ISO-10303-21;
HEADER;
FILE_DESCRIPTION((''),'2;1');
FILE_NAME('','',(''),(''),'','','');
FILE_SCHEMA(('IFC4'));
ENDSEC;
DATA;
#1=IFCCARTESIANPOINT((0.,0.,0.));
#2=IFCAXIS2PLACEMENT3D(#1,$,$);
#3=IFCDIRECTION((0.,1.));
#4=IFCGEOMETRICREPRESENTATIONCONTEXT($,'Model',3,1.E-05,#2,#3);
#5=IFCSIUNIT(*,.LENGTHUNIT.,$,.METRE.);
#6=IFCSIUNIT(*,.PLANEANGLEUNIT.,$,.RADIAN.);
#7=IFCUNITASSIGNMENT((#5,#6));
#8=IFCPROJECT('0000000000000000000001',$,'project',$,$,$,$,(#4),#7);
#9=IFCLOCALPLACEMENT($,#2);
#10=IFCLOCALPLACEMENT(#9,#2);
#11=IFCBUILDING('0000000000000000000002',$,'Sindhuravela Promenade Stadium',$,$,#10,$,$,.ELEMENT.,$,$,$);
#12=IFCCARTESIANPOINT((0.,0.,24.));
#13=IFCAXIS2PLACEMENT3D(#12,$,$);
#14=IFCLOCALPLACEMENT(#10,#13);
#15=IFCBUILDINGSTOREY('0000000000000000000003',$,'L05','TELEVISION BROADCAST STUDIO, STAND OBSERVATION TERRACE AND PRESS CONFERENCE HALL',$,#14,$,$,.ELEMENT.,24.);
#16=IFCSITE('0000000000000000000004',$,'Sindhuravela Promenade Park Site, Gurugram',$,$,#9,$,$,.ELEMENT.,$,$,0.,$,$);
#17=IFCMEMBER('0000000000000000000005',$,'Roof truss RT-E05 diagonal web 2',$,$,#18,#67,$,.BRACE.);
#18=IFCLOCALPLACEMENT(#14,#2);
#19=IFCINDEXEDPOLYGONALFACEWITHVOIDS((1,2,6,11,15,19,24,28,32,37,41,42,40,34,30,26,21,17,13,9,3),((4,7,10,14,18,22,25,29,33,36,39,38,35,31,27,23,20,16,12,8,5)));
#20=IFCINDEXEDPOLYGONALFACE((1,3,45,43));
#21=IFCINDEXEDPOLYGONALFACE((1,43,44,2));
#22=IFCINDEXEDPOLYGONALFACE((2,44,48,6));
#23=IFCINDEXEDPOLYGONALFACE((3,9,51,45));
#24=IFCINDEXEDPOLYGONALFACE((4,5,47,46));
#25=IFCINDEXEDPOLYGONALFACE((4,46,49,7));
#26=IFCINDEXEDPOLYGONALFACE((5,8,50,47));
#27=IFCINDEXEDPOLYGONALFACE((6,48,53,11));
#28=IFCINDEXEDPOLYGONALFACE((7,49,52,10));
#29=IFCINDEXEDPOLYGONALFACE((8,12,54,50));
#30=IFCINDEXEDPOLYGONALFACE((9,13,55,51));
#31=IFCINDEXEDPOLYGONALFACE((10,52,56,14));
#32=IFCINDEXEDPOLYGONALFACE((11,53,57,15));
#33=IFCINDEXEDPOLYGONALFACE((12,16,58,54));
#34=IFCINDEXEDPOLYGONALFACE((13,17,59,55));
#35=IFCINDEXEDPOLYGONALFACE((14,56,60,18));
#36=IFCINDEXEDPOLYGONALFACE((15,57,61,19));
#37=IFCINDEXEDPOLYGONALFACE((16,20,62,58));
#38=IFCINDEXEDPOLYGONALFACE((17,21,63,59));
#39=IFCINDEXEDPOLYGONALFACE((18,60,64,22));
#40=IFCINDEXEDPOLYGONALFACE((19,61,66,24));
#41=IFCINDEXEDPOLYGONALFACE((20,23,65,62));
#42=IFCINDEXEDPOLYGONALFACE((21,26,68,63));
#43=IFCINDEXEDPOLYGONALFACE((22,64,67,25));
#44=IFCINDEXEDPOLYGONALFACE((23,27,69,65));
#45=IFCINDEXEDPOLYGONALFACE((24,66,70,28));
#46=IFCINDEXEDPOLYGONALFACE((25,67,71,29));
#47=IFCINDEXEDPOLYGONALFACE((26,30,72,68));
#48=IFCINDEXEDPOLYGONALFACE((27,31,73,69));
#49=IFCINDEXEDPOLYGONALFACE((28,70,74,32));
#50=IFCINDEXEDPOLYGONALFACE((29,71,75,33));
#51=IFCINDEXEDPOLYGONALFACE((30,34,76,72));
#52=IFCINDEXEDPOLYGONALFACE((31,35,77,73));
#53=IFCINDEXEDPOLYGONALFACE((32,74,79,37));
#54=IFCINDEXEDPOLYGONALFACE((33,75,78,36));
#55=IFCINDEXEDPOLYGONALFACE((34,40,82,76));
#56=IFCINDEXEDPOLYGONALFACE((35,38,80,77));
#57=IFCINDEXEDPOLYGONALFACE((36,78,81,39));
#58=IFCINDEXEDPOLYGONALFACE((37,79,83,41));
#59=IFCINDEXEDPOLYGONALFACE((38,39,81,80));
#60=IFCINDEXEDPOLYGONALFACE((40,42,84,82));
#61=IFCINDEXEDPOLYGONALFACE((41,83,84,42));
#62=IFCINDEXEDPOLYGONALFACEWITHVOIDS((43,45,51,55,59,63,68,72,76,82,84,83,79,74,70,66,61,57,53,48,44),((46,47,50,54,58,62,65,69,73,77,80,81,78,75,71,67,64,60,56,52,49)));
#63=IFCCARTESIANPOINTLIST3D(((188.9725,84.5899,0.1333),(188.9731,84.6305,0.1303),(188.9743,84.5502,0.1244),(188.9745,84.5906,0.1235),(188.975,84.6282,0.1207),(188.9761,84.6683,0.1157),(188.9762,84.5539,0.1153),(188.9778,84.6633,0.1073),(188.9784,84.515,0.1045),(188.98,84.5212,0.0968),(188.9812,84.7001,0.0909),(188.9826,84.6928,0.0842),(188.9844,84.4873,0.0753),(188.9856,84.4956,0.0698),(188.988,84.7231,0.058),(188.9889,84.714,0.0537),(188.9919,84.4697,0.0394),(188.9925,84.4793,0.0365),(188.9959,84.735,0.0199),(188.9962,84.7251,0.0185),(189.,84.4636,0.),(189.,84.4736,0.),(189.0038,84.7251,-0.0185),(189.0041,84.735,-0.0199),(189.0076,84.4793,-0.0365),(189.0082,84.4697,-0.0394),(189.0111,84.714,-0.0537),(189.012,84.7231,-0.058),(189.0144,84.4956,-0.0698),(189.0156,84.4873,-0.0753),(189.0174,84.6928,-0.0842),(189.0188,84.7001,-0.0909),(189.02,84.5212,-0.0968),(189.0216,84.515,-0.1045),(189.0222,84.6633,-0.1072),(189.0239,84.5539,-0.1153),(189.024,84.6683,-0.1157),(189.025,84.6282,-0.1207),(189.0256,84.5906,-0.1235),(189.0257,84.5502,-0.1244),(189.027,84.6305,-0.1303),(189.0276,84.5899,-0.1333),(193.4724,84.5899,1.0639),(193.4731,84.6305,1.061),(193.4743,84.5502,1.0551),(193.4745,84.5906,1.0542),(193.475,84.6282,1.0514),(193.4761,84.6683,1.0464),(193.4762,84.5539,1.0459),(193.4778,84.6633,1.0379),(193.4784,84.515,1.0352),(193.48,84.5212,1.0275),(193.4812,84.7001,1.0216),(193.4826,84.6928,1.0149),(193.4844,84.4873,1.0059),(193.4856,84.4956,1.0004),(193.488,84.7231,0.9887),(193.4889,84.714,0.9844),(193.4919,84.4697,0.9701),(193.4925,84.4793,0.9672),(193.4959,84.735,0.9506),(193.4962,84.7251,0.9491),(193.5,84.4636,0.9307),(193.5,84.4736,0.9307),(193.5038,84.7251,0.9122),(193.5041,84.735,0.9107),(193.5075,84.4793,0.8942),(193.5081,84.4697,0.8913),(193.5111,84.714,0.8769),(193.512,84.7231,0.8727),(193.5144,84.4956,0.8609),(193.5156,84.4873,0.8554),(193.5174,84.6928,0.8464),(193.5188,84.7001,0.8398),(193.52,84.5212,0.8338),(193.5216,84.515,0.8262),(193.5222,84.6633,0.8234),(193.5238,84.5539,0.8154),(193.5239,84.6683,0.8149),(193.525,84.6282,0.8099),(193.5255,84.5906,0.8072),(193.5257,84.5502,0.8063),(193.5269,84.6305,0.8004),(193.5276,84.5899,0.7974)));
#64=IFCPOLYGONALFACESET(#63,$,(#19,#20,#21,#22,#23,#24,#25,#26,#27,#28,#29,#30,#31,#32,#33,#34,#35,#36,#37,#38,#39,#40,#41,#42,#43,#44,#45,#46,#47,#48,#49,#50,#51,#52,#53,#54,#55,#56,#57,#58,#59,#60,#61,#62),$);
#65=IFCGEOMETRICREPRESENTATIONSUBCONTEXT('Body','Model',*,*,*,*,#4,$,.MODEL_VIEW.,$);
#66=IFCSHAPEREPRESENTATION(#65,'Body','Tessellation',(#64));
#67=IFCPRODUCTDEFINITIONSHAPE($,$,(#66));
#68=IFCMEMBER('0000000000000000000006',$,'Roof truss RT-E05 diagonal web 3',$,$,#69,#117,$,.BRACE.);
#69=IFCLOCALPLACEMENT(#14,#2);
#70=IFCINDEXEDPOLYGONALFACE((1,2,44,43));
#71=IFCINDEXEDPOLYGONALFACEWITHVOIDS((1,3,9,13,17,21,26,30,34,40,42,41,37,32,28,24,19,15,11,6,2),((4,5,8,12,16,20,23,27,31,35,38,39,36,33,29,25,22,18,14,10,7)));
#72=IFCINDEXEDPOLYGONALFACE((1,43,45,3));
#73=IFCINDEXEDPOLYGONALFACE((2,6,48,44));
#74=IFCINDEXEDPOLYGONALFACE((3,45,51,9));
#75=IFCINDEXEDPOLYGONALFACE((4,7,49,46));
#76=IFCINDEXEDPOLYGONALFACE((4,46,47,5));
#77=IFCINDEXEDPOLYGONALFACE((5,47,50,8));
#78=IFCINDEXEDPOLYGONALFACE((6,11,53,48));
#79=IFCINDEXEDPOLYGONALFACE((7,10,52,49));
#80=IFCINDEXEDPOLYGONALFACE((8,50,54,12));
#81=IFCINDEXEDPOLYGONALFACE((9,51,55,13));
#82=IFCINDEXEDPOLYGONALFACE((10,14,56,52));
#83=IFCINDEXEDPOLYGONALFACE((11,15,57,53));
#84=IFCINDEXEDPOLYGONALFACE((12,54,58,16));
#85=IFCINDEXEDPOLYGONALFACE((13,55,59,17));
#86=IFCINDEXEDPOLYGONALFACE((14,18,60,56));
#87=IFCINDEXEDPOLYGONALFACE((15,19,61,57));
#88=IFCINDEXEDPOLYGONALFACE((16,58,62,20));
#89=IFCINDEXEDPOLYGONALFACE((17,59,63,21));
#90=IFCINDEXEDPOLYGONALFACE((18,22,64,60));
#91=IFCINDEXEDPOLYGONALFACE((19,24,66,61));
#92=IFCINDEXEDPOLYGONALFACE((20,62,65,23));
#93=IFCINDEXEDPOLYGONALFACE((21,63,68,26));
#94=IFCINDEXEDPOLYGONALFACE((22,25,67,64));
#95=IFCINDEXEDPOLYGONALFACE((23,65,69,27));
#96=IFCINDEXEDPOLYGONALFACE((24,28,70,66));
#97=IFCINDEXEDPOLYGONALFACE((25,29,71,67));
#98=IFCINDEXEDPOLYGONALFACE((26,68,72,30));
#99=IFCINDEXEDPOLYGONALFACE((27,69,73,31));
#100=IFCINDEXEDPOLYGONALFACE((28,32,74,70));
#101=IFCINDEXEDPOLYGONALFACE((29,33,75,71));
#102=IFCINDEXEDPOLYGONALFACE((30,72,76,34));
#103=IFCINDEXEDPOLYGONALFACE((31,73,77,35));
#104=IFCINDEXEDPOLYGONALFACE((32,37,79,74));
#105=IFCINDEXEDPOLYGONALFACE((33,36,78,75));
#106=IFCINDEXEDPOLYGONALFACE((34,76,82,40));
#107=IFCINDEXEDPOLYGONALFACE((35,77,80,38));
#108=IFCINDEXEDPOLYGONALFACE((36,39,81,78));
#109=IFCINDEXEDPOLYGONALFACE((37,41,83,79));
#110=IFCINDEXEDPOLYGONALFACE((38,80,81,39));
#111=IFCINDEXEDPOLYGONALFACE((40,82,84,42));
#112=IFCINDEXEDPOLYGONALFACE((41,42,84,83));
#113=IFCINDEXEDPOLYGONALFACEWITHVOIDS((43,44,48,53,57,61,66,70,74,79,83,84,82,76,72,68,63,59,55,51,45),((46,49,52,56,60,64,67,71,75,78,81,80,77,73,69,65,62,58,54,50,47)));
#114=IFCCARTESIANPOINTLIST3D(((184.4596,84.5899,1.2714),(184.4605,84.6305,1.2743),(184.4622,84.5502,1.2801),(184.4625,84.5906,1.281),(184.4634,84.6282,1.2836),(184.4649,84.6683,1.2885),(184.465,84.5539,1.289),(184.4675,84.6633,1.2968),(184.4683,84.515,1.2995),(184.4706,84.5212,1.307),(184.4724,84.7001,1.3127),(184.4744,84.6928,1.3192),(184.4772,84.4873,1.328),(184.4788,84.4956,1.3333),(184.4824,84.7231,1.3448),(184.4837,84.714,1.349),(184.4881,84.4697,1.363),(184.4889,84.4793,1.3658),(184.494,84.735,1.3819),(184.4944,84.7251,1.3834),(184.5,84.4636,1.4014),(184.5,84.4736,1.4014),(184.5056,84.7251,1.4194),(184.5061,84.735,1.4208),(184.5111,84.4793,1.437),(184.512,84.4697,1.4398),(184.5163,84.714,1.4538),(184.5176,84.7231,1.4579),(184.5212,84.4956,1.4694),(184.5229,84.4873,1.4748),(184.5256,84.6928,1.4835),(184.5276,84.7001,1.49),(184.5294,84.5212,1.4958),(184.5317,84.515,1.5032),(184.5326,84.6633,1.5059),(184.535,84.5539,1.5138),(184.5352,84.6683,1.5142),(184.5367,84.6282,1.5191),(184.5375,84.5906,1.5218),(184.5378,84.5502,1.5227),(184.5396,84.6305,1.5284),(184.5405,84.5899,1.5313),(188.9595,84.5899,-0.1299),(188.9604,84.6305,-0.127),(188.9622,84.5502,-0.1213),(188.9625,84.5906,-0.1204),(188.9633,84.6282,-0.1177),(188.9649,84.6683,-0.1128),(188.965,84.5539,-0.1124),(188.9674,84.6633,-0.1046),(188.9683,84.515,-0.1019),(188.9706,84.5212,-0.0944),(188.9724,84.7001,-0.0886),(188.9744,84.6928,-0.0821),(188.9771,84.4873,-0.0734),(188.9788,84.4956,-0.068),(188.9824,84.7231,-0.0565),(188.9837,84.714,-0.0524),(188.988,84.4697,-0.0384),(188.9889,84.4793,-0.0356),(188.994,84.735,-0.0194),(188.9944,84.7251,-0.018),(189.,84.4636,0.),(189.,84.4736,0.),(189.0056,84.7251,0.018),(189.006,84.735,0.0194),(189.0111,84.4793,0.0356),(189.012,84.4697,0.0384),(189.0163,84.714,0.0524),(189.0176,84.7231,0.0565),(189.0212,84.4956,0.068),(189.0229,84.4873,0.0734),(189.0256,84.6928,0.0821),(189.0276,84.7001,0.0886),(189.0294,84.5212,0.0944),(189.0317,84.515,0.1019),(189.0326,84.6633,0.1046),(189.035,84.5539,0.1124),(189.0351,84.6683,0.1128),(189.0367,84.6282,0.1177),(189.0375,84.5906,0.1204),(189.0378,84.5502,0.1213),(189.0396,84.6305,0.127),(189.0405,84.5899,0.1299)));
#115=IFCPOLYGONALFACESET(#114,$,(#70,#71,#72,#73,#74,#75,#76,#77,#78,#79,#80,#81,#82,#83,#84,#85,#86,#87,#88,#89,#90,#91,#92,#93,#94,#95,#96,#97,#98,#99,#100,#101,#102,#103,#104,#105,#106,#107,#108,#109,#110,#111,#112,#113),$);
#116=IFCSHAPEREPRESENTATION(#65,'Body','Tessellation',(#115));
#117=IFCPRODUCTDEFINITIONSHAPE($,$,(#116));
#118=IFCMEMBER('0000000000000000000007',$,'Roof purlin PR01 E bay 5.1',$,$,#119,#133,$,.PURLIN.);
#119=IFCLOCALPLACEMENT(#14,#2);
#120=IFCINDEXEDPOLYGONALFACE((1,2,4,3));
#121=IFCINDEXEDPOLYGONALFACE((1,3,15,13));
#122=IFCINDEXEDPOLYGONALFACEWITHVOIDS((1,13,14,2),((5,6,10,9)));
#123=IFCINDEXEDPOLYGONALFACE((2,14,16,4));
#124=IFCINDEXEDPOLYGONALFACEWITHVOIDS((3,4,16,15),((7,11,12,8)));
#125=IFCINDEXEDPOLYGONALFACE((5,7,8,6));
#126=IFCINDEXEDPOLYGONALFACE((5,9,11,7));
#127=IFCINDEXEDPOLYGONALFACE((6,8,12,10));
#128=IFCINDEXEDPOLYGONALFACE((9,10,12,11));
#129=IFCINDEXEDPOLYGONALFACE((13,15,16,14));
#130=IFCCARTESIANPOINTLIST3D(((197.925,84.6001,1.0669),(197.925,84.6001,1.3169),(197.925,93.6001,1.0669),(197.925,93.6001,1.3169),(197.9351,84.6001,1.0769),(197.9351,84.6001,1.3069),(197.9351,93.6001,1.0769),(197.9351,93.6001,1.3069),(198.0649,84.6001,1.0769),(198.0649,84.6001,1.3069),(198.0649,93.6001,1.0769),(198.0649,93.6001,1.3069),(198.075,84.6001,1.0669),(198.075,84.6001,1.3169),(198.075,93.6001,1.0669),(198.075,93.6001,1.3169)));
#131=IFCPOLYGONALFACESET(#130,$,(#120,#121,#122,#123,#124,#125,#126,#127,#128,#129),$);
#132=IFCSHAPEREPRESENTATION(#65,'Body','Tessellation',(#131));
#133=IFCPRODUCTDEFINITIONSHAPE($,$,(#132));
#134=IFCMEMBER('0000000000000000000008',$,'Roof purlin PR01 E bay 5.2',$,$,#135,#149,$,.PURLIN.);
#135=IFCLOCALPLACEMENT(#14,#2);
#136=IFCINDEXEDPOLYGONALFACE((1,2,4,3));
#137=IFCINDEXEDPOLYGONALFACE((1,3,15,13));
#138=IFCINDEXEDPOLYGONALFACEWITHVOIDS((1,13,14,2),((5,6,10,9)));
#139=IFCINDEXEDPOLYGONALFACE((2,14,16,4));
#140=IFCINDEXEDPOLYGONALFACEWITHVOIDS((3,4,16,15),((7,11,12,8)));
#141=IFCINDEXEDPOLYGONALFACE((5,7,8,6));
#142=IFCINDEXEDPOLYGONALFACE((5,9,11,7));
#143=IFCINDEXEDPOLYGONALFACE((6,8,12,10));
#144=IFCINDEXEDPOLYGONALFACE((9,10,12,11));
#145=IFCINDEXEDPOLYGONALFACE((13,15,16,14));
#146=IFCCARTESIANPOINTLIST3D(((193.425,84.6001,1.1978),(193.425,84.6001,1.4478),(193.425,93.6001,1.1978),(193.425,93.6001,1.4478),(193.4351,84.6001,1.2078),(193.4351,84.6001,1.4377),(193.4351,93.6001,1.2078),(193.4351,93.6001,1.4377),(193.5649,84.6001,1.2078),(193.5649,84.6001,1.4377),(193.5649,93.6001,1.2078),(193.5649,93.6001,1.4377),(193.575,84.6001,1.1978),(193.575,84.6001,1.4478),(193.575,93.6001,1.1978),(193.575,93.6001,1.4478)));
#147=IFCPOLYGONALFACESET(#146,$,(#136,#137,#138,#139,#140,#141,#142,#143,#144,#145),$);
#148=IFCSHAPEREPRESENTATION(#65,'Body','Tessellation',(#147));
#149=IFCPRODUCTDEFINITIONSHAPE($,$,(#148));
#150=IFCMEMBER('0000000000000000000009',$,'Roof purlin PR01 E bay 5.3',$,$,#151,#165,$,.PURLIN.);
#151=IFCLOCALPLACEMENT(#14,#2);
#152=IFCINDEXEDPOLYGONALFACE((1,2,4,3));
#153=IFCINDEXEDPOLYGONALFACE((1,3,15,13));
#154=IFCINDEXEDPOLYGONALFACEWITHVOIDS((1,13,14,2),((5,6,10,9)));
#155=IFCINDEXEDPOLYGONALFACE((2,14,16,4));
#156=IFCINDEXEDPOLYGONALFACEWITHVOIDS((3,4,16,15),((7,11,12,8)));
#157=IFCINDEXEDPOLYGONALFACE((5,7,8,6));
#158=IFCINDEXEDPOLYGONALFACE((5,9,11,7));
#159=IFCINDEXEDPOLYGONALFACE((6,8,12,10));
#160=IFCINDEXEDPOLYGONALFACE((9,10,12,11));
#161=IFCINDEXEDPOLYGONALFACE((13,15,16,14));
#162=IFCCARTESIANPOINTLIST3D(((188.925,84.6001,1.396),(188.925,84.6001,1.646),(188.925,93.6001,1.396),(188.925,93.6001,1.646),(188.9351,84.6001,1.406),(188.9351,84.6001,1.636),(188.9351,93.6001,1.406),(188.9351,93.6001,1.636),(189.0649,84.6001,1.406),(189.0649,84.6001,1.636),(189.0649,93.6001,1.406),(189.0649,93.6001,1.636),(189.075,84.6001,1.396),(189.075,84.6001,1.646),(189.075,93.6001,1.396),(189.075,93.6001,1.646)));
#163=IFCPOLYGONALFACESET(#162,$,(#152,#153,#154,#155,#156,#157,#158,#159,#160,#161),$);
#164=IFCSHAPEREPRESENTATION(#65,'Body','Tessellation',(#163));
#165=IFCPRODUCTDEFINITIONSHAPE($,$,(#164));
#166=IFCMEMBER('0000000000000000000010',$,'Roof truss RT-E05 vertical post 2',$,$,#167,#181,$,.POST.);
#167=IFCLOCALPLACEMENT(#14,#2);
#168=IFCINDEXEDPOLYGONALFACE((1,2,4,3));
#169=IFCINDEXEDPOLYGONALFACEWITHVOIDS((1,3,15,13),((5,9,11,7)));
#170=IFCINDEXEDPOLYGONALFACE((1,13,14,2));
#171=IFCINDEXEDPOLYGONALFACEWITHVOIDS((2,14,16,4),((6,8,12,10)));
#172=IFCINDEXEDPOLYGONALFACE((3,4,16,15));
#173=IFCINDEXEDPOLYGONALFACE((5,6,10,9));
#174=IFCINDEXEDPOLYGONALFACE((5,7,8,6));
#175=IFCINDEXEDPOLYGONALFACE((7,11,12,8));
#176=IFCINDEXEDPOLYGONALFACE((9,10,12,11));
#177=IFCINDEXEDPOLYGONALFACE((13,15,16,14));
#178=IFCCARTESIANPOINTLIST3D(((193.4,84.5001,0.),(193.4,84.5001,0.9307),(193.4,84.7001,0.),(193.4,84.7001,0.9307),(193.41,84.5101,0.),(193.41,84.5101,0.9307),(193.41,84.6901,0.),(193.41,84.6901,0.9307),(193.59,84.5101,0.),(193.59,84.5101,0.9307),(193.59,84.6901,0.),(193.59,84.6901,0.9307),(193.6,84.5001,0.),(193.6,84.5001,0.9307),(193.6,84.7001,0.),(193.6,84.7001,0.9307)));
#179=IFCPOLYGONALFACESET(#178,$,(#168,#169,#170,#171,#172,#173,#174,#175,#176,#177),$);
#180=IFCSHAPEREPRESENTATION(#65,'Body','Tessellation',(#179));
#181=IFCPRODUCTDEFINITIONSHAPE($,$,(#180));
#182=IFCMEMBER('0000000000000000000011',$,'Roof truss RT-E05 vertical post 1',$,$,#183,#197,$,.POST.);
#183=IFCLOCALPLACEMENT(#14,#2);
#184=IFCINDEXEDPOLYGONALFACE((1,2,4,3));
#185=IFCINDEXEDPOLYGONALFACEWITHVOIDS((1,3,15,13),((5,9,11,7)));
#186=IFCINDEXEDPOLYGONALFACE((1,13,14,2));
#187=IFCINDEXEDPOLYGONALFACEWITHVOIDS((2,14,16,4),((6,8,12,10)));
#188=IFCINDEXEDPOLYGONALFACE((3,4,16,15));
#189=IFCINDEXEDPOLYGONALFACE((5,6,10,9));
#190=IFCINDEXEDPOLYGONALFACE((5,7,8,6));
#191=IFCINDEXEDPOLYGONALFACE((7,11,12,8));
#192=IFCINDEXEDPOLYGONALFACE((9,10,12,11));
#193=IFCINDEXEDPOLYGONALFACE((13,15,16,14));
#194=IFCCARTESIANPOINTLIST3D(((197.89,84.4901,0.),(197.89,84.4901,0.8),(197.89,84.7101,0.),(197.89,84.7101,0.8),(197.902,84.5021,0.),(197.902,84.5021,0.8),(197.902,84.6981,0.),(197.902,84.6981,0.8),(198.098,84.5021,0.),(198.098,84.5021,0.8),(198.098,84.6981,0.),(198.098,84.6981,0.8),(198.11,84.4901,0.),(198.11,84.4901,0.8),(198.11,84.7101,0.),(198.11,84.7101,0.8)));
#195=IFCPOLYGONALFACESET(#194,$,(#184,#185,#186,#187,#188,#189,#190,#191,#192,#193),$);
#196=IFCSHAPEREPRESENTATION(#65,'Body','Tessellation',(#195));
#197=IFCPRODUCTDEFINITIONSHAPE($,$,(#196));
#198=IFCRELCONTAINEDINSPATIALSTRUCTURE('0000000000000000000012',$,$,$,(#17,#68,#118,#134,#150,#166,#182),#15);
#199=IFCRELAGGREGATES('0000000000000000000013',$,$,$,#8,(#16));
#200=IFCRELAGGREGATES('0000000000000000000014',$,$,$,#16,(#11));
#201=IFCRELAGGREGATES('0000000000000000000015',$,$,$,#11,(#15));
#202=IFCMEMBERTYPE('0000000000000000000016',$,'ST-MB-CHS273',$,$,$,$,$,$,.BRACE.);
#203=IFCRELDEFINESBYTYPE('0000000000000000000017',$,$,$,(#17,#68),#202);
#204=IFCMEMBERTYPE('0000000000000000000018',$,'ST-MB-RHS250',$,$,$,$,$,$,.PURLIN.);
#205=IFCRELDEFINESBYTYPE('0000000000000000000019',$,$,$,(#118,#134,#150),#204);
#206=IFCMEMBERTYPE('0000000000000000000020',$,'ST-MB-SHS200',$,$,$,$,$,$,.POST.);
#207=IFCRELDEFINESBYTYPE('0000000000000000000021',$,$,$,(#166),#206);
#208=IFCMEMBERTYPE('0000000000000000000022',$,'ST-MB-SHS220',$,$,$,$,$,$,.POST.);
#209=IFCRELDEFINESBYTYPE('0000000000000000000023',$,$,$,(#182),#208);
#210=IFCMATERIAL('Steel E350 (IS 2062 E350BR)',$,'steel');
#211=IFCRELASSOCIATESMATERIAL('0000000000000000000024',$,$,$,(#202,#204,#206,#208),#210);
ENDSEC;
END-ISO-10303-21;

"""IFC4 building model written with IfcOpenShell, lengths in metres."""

from ifc_helpers import new_model, si_unit, direction, frame, origin, origin_2d, place, context, subcontext, project, spatial, hollow_rectangle, hollow_circle, extrude, material, material_profile, profile_set, type_object, element, save


model = new_model("IFC4")

# Units and contexts
model_context = context("Model", 3, precision=1e-05, world=origin(), true_north=direction((0.0, 1.0)))
body_context = subcontext(model_context, "Body", "Model", "MODEL_VIEW")
ifc_project = project(units=[si_unit("LENGTHUNIT", "METRE"), si_unit("PLANEANGLEUNIT", "RADIAN")], contexts=[model_context])

# Site, building, storey
site_placement = place(None, origin())
site = spatial("IfcSite", under=ifc_project, at=site_placement, Name="Sindhuravela Promenade Park Site, Gurugram", CompositionType="ELEMENT", RefElevation=0.0)
building_placement = place(site_placement, origin())
building = spatial("IfcBuilding", under=site, at=building_placement, Name="Sindhuravela Promenade Stadium", CompositionType="ELEMENT")
storey_placement = place(building_placement, frame((0.0, 0.0, 24.0)))
storey = spatial("IfcBuildingStorey", under=building, at=storey_placement, Name="L05", Description="TELEVISION BROADCAST STUDIO, STAND OBSERVATION TERRACE AND PRESS CONFERENCE HALL", CompositionType="ELEMENT", Elevation=24.0)

# Shared definitions
ifc_material_1 = material(Name="Steel E350 (IS 2062 E350BR)", Category="steel")

# Members
ifc_material_profile_1 = material_profile(ifc_material_1, hollow_circle(Radius=0.1365, WallThickness=0.01, at=origin_2d()), Name="CHS 273.0x10")
ifc_profile_set_1 = profile_set([ifc_material_profile_1], Name="Steel E350 (IS 2062 E350BR)")
member_type_1 = type_object("IfcMemberType", Name="ST-MB-CHS273", PredefinedType="BRACE", material=ifc_profile_set_1)
for number, where, z_axis, x_axis, name in (
    (1, (193.5, 84.6001, 0.9307), (-0.979276, 0.0, -0.202528), (0.0, -1.0, 0.0), "Roof truss RT-E05 diagonal web 2"),
):
    element("IfcMember", number, at=place(storey_placement, frame(where, z_axis=z_axis, x_axis=x_axis)), inside=storey, type_object=member_type_1, Name=name, PredefinedType="BRACE", context=body_context, shape_type="SweptSolid", body=[
        extrude(hollow_circle(Radius=0.1365, WallThickness=0.01, at=origin_2d()), origin(), (0.0, 0.0, 1.0), 4.5952),
    ])
member_1_placement = place(storey_placement, frame((189.0, 84.6001, 0.0), z_axis=(-0.954774, 0.0, 0.297331), x_axis=(0.0, -1.0, 0.0)))
element("IfcMember", 2, at=member_1_placement, inside=storey, type_object=member_type_1, Name="Roof truss RT-E05 diagonal web 3", PredefinedType="BRACE", context=body_context, shape_type="SweptSolid", body=[
    extrude(hollow_circle(Radius=0.1365, WallThickness=0.01, at=origin_2d()), origin(), (0.0, 0.0, 1.0), 4.7131),
])
ifc_material_profile_2 = material_profile(ifc_material_1, hollow_rectangle(XDim=0.1499, YDim=0.25, WallThickness=0.01, at=origin_2d()), Name="RHS 250x150x10")
ifc_profile_set_2 = profile_set([ifc_material_profile_2], Name="Steel E350 (IS 2062 E350BR)")
member_type_2 = type_object("IfcMemberType", Name="ST-MB-RHS250", PredefinedType="PURLIN", material=ifc_profile_set_2)
for number, where, z_axis, x_axis, name in (
    (3, (198.0, 84.6001, 1.1919), (0.0, 1.0, 0.0), (-1.0, 0.0, 0.0), "Roof purlin PR01 E bay 5.1"),
    (4, (193.5, 84.6001, 1.3228), (0.0, 1.0, 0.0), (-1.0, 0.0, 0.0), "Roof purlin PR01 E bay 5.2"),
    (5, (189.0, 84.6001, 1.521), (0.0, 1.0, 0.0), (-1.0, 0.0, 0.0), "Roof purlin PR01 E bay 5.3"),
):
    element("IfcMember", number, at=place(storey_placement, frame(where, z_axis=z_axis, x_axis=x_axis)), inside=storey, type_object=member_type_2, Name=name, PredefinedType="PURLIN", context=body_context, shape_type="SweptSolid", body=[
        extrude(hollow_rectangle(XDim=0.1499, YDim=0.25, WallThickness=0.01, at=origin_2d()), origin(), (0.0, 0.0, 1.0), 9.0),
    ])
ifc_material_profile_3 = material_profile(ifc_material_1, hollow_rectangle(XDim=0.2, YDim=0.2, WallThickness=0.01, at=origin_2d()), Name="SHS 200x200x10")
ifc_profile_set_3 = profile_set([ifc_material_profile_3], Name="Steel E350 (IS 2062 E350BR)")
member_type_3 = type_object("IfcMemberType", Name="ST-MB-SHS200", PredefinedType="POST", material=ifc_profile_set_3)
member_2_placement = place(storey_placement, frame((193.5, 84.6001, 0.0), z_axis=(0.0, 0.0, 1.0), x_axis=(1.0, 0.0, 0.0)))
element("IfcMember", 6, at=member_2_placement, inside=storey, type_object=member_type_3, Name="Roof truss RT-E05 vertical post 2", PredefinedType="POST", context=body_context, shape_type="SweptSolid", body=[
    extrude(hollow_rectangle(XDim=0.2, YDim=0.2, WallThickness=0.01, at=origin_2d()), origin(), (0.0, 0.0, 1.0), 0.9307),
])
ifc_material_profile_4 = material_profile(ifc_material_1, hollow_rectangle(XDim=0.22, YDim=0.22, WallThickness=0.012, at=origin_2d()), Name="SHS 220x220x12")
ifc_profile_set_4 = profile_set([ifc_material_profile_4], Name="Steel E350 (IS 2062 E350BR)")
member_type_4 = type_object("IfcMemberType", Name="ST-MB-SHS220", PredefinedType="POST", material=ifc_profile_set_4)
member_3_placement = place(storey_placement, frame((198.0, 84.6001, 0.0), z_axis=(0.0, 0.0, 1.0), x_axis=(1.0, 0.0, 0.0)))
element("IfcMember", 7, at=member_3_placement, inside=storey, type_object=member_type_4, Name="Roof truss RT-E05 vertical post 1", PredefinedType="POST", context=body_context, shape_type="SweptSolid", body=[
    extrude(hollow_rectangle(XDim=0.22, YDim=0.22, WallThickness=0.012, at=origin_2d()), origin(), (0.0, 0.0, 1.0), 0.8),
])

save(model, "model.ifc")
